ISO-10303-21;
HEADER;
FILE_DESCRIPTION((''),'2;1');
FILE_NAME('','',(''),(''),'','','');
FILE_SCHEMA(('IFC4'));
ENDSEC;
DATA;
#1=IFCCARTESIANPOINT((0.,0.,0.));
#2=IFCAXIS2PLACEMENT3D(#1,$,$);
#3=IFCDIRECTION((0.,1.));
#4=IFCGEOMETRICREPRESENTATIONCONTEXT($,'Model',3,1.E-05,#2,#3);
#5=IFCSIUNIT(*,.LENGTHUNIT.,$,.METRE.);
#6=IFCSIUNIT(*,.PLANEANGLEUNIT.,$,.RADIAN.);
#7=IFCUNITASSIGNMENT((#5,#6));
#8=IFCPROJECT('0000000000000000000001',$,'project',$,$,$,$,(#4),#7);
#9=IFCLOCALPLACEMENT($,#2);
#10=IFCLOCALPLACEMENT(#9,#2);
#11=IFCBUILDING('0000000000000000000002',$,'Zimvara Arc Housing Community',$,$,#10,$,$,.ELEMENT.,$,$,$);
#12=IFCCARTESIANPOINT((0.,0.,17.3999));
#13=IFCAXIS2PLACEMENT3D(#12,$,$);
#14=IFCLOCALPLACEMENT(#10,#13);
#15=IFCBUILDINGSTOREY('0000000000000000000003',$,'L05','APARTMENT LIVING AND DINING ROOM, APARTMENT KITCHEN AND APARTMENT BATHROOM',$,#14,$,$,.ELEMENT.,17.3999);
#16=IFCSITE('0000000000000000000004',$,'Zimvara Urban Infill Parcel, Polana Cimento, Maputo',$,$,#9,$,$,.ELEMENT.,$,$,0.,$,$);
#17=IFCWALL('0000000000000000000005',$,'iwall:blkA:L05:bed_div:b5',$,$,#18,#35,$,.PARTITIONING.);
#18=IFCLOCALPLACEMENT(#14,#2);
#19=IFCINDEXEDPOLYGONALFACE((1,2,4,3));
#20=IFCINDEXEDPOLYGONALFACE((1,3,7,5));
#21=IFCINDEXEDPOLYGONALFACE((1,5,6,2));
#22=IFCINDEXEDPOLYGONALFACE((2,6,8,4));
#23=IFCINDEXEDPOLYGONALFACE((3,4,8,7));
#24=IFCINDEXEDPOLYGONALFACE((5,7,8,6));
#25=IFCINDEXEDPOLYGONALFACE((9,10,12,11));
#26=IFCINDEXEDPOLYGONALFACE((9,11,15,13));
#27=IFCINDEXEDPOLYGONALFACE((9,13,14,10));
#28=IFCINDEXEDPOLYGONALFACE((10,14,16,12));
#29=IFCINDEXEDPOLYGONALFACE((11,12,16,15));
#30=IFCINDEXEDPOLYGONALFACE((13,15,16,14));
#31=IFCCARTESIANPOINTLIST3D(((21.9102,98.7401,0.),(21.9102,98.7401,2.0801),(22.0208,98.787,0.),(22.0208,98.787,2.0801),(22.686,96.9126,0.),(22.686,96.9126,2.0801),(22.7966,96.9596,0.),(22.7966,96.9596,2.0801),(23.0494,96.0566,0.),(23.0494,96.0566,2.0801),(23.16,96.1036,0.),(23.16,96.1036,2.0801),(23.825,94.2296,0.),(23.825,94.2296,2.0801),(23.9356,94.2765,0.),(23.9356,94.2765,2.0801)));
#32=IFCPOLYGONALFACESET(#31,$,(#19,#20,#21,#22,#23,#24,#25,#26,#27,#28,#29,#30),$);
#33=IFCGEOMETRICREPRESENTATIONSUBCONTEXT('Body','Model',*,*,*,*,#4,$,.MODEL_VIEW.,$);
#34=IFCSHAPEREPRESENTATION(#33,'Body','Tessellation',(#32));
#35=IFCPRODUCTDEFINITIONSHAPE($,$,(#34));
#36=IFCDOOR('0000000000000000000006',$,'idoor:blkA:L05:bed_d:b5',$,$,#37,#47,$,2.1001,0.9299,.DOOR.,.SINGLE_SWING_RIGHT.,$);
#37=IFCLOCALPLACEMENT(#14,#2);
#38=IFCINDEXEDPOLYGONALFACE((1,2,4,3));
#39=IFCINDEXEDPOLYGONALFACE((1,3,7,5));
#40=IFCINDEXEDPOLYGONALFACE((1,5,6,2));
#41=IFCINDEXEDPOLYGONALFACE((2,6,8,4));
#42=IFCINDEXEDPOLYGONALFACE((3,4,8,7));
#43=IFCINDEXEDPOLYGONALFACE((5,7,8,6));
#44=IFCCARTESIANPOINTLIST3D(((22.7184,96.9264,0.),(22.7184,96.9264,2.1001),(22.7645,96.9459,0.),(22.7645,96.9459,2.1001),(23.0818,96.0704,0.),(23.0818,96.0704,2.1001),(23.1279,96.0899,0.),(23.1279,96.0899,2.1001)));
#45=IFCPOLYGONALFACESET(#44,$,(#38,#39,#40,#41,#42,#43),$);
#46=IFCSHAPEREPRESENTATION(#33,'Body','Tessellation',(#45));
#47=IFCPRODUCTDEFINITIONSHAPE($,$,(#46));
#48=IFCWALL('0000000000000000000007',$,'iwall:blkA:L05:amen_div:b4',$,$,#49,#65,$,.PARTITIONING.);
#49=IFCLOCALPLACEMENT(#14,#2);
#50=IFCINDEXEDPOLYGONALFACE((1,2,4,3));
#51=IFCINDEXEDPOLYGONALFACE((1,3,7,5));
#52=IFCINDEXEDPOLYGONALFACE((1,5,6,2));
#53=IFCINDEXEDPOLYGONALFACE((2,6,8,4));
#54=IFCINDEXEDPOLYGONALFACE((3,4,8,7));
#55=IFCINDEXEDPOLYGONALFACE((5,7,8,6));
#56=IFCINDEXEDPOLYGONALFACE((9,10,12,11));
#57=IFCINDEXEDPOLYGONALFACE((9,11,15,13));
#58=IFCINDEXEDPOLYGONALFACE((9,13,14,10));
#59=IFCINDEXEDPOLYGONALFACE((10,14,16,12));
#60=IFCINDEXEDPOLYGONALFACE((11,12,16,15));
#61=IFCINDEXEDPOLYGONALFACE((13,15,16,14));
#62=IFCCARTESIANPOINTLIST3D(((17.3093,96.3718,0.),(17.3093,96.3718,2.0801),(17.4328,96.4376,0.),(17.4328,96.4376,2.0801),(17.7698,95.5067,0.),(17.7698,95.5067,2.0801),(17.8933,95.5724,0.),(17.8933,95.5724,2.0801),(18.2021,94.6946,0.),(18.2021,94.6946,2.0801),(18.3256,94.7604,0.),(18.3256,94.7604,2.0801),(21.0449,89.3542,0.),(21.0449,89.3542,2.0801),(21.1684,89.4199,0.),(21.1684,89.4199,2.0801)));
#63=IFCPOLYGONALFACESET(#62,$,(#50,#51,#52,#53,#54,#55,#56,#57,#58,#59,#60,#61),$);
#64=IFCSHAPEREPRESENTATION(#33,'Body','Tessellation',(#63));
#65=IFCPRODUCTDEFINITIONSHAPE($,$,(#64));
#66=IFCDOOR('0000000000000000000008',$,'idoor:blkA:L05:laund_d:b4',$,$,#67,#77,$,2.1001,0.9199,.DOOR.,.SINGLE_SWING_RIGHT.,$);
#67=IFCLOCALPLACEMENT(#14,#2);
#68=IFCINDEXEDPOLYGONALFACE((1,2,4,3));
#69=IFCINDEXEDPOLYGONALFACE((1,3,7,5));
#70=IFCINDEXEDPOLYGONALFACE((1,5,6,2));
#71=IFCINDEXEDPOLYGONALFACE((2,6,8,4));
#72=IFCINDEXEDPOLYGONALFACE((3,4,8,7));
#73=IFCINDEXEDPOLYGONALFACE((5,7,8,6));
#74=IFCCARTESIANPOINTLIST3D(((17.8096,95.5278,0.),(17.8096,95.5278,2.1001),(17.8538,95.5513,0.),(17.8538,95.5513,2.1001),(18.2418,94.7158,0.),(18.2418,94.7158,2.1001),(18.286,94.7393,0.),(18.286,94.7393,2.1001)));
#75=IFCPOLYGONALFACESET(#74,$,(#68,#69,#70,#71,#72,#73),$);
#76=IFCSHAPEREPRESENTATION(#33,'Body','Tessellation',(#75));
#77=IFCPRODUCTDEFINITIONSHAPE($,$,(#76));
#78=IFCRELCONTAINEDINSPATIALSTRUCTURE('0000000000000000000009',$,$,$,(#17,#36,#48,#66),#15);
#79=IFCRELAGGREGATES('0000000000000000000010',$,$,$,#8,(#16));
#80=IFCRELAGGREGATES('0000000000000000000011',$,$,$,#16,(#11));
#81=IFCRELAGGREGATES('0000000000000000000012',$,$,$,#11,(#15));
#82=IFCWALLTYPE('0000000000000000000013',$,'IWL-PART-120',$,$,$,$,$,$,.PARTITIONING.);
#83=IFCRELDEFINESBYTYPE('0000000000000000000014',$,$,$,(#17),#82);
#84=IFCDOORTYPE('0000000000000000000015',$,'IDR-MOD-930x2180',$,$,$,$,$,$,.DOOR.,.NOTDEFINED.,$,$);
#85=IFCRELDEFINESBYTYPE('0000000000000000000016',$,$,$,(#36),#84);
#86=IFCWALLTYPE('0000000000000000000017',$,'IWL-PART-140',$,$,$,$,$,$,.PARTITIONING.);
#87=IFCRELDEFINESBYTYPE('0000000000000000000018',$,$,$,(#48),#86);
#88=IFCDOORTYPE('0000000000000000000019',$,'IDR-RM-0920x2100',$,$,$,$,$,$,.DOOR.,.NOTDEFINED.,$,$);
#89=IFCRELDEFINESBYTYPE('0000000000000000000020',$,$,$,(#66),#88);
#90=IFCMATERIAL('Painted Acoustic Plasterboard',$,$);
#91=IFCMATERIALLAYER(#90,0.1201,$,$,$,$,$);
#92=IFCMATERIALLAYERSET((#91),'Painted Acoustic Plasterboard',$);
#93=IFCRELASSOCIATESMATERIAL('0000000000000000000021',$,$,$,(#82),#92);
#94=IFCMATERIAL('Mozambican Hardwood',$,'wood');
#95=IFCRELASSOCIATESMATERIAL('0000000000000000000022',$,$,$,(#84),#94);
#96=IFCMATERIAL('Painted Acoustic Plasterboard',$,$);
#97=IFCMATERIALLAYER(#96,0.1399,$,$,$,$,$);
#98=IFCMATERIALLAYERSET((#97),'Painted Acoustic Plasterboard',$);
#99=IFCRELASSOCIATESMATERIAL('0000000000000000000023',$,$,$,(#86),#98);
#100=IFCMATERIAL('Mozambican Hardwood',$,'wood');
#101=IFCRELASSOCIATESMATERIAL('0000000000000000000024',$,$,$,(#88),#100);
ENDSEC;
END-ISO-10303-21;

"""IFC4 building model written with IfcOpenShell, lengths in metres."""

from ifc_helpers import new_model, si_unit, direction, frame, frame_2d, origin, place, context, subcontext, project, spatial, rectangle, extrude, material, layer, layer_set, type_object, element, fill, save


model = new_model("IFC4")

# Units and contexts
model_context = context("Model", 3, precision=1e-05, world=origin(), true_north=direction((0.0, 1.0)))
body_context = subcontext(model_context, "Body", "Model", "MODEL_VIEW")
ifc_project = project(units=[si_unit("LENGTHUNIT", "METRE"), si_unit("PLANEANGLEUNIT", "RADIAN")], contexts=[model_context])

# Site, building, storey
site_placement = place(None, origin())
site = spatial("IfcSite", under=ifc_project, at=site_placement, Name="Zimvara Urban Infill Parcel, Polana Cimento, Maputo", CompositionType="ELEMENT", RefElevation=0.0)
building_placement = place(site_placement, origin())
building = spatial("IfcBuilding", under=site, at=building_placement, Name="Zimvara Arc Housing Community", CompositionType="ELEMENT")
storey_placement = place(building_placement, frame((0.0, 0.0, 17.3999)))
storey = spatial("IfcBuildingStorey", under=building, at=storey_placement, Name="L05", Description="APARTMENT LIVING AND DINING ROOM, APARTMENT KITCHEN AND APARTMENT BATHROOM", CompositionType="ELEMENT", Elevation=17.3999)

# Walls, openings, doors
ifc_material_1 = material(Name="Painted Acoustic Plasterboard")
ifc_layer_1 = layer(ifc_material_1, 0.1201)
ifc_layer_set_1 = layer_set([ifc_layer_1], Name="Painted Acoustic Plasterboard")
wall_type_1 = type_object("IfcWallType", Name="IWL-PART-120", PredefinedType="PARTITIONING", material=ifc_layer_set_1)
wall_1_placement = place(storey_placement, frame((23.8804, 94.2529, 0.0), z_axis=(0.0, 0.0, 1.0), x_axis=(-0.390766, 0.92049, 0.0)))
wall_1 = element("IfcWall", 1, at=wall_1_placement, inside=storey, type_object=wall_type_1, Name="iwall:blkA:L05:bed_div:b5", PredefinedType="PARTITIONING", context=body_context, shape_type="SweptSolid", body=[
    extrude(rectangle(XDim=4.9001, YDim=0.1201, at=frame_2d((2.4502, 0.0))), origin(), (0.0, 0.0, 1.0), 2.0801),
])
opening_1_placement = place(wall_1_placement, frame((1.9851, 0.0, 0.0)))
opening_1 = element("IfcOpeningElement", 2, at=opening_1_placement, cuts=wall_1, PredefinedType="OPENING", context=body_context, shape_type="SweptSolid", body=[
    extrude(rectangle(XDim=0.9299, YDim=2.1001, at=frame_2d((0.4648, 1.05))), frame((0.0, 0.0701, 0.0), z_axis=(0.0, -1.0, 0.0), x_axis=(1.0, 0.0, 0.0)), (0.0, 0.0, 1.0), 0.1401),
])
ifc_material_2 = material(Name="Mozambican Hardwood", Category="wood")
door_type_1 = type_object("IfcDoorType", Name="IDR-MOD-930x2180", OperationType="NOTDEFINED", PredefinedType="DOOR", material=ifc_material_2)
door_1_placement = place(opening_1_placement, origin())
door_1 = element("IfcDoor", 3, at=door_1_placement, inside=storey, type_object=door_type_1, Name="idoor:blkA:L05:bed_d:b5", OperationType="SINGLE_SWING_RIGHT", OverallHeight=2.1001, OverallWidth=0.9299, PredefinedType="DOOR", context=body_context, shape_type="SweptSolid", body=[
    extrude(rectangle(XDim=0.9299, YDim=2.1001, at=frame_2d((0.4648, 1.05))), frame((0.0, 0.0249, 0.0), z_axis=(0.0, -1.0, 0.0), x_axis=(1.0, 0.0, 0.0)), (0.0, 0.0, 1.0), 0.05),
])
fill(opening_1, door_1)
ifc_material_3 = material(Name="Painted Acoustic Plasterboard")
ifc_layer_2 = layer(ifc_material_3, 0.1399)
ifc_layer_set_2 = layer_set([ifc_layer_2], Name="Painted Acoustic Plasterboard")
wall_type_2 = type_object("IfcWallType", Name="IWL-PART-140", PredefinedType="PARTITIONING", material=ifc_layer_set_2)
wall_2_placement = place(storey_placement, frame((21.1067, 89.387, 0.0), z_axis=(0.0, 0.0, 1.0), x_axis=(-0.469892, 0.882724, 0.0)))
wall_2 = element("IfcWall", 4, at=wall_2_placement, inside=storey, type_object=wall_type_2, Name="iwall:blkA:L05:amen_div:b4", PredefinedType="PARTITIONING", context=body_context, shape_type="SweptSolid", body=[
    extrude(rectangle(XDim=7.95, YDim=0.1399, at=frame_2d((3.9751, 0.0))), origin(), (0.0, 0.0, 1.0), 2.0801),
])
opening_2_placement = place(wall_2_placement, frame((6.05, 0.0, 0.0)))
opening_2 = element("IfcOpeningElement", 5, at=opening_2_placement, cuts=wall_2, PredefinedType="OPENING", context=body_context, shape_type="SweptSolid", body=[
    extrude(rectangle(XDim=0.9199, YDim=2.1001, at=frame_2d((0.46, 1.05))), frame((0.0, 0.0798, 0.0), z_axis=(0.0, -1.0, 0.0), x_axis=(1.0, 0.0, 0.0)), (0.0, 0.0, 1.0), 0.1599),
])
ifc_material_4 = material(Name="Mozambican Hardwood", Category="wood")
door_type_2 = type_object("IfcDoorType", Name="IDR-RM-0920x2100", OperationType="NOTDEFINED", PredefinedType="DOOR", material=ifc_material_4)
door_2_placement = place(opening_2_placement, origin())
door_2 = element("IfcDoor", 6, at=door_2_placement, inside=storey, type_object=door_type_2, Name="idoor:blkA:L05:laund_d:b4", OperationType="SINGLE_SWING_RIGHT", OverallHeight=2.1001, OverallWidth=0.9199, PredefinedType="DOOR", context=body_context, shape_type="SweptSolid", body=[
    extrude(rectangle(XDim=0.9199, YDim=2.1001, at=frame_2d((0.46, 1.05))), frame((0.0, 0.0249, 0.0), z_axis=(0.0, -1.0, 0.0), x_axis=(1.0, 0.0, 0.0)), (0.0, 0.0, 1.0), 0.05),
])
fill(opening_2, door_2)

save(model, "model.ifc")
